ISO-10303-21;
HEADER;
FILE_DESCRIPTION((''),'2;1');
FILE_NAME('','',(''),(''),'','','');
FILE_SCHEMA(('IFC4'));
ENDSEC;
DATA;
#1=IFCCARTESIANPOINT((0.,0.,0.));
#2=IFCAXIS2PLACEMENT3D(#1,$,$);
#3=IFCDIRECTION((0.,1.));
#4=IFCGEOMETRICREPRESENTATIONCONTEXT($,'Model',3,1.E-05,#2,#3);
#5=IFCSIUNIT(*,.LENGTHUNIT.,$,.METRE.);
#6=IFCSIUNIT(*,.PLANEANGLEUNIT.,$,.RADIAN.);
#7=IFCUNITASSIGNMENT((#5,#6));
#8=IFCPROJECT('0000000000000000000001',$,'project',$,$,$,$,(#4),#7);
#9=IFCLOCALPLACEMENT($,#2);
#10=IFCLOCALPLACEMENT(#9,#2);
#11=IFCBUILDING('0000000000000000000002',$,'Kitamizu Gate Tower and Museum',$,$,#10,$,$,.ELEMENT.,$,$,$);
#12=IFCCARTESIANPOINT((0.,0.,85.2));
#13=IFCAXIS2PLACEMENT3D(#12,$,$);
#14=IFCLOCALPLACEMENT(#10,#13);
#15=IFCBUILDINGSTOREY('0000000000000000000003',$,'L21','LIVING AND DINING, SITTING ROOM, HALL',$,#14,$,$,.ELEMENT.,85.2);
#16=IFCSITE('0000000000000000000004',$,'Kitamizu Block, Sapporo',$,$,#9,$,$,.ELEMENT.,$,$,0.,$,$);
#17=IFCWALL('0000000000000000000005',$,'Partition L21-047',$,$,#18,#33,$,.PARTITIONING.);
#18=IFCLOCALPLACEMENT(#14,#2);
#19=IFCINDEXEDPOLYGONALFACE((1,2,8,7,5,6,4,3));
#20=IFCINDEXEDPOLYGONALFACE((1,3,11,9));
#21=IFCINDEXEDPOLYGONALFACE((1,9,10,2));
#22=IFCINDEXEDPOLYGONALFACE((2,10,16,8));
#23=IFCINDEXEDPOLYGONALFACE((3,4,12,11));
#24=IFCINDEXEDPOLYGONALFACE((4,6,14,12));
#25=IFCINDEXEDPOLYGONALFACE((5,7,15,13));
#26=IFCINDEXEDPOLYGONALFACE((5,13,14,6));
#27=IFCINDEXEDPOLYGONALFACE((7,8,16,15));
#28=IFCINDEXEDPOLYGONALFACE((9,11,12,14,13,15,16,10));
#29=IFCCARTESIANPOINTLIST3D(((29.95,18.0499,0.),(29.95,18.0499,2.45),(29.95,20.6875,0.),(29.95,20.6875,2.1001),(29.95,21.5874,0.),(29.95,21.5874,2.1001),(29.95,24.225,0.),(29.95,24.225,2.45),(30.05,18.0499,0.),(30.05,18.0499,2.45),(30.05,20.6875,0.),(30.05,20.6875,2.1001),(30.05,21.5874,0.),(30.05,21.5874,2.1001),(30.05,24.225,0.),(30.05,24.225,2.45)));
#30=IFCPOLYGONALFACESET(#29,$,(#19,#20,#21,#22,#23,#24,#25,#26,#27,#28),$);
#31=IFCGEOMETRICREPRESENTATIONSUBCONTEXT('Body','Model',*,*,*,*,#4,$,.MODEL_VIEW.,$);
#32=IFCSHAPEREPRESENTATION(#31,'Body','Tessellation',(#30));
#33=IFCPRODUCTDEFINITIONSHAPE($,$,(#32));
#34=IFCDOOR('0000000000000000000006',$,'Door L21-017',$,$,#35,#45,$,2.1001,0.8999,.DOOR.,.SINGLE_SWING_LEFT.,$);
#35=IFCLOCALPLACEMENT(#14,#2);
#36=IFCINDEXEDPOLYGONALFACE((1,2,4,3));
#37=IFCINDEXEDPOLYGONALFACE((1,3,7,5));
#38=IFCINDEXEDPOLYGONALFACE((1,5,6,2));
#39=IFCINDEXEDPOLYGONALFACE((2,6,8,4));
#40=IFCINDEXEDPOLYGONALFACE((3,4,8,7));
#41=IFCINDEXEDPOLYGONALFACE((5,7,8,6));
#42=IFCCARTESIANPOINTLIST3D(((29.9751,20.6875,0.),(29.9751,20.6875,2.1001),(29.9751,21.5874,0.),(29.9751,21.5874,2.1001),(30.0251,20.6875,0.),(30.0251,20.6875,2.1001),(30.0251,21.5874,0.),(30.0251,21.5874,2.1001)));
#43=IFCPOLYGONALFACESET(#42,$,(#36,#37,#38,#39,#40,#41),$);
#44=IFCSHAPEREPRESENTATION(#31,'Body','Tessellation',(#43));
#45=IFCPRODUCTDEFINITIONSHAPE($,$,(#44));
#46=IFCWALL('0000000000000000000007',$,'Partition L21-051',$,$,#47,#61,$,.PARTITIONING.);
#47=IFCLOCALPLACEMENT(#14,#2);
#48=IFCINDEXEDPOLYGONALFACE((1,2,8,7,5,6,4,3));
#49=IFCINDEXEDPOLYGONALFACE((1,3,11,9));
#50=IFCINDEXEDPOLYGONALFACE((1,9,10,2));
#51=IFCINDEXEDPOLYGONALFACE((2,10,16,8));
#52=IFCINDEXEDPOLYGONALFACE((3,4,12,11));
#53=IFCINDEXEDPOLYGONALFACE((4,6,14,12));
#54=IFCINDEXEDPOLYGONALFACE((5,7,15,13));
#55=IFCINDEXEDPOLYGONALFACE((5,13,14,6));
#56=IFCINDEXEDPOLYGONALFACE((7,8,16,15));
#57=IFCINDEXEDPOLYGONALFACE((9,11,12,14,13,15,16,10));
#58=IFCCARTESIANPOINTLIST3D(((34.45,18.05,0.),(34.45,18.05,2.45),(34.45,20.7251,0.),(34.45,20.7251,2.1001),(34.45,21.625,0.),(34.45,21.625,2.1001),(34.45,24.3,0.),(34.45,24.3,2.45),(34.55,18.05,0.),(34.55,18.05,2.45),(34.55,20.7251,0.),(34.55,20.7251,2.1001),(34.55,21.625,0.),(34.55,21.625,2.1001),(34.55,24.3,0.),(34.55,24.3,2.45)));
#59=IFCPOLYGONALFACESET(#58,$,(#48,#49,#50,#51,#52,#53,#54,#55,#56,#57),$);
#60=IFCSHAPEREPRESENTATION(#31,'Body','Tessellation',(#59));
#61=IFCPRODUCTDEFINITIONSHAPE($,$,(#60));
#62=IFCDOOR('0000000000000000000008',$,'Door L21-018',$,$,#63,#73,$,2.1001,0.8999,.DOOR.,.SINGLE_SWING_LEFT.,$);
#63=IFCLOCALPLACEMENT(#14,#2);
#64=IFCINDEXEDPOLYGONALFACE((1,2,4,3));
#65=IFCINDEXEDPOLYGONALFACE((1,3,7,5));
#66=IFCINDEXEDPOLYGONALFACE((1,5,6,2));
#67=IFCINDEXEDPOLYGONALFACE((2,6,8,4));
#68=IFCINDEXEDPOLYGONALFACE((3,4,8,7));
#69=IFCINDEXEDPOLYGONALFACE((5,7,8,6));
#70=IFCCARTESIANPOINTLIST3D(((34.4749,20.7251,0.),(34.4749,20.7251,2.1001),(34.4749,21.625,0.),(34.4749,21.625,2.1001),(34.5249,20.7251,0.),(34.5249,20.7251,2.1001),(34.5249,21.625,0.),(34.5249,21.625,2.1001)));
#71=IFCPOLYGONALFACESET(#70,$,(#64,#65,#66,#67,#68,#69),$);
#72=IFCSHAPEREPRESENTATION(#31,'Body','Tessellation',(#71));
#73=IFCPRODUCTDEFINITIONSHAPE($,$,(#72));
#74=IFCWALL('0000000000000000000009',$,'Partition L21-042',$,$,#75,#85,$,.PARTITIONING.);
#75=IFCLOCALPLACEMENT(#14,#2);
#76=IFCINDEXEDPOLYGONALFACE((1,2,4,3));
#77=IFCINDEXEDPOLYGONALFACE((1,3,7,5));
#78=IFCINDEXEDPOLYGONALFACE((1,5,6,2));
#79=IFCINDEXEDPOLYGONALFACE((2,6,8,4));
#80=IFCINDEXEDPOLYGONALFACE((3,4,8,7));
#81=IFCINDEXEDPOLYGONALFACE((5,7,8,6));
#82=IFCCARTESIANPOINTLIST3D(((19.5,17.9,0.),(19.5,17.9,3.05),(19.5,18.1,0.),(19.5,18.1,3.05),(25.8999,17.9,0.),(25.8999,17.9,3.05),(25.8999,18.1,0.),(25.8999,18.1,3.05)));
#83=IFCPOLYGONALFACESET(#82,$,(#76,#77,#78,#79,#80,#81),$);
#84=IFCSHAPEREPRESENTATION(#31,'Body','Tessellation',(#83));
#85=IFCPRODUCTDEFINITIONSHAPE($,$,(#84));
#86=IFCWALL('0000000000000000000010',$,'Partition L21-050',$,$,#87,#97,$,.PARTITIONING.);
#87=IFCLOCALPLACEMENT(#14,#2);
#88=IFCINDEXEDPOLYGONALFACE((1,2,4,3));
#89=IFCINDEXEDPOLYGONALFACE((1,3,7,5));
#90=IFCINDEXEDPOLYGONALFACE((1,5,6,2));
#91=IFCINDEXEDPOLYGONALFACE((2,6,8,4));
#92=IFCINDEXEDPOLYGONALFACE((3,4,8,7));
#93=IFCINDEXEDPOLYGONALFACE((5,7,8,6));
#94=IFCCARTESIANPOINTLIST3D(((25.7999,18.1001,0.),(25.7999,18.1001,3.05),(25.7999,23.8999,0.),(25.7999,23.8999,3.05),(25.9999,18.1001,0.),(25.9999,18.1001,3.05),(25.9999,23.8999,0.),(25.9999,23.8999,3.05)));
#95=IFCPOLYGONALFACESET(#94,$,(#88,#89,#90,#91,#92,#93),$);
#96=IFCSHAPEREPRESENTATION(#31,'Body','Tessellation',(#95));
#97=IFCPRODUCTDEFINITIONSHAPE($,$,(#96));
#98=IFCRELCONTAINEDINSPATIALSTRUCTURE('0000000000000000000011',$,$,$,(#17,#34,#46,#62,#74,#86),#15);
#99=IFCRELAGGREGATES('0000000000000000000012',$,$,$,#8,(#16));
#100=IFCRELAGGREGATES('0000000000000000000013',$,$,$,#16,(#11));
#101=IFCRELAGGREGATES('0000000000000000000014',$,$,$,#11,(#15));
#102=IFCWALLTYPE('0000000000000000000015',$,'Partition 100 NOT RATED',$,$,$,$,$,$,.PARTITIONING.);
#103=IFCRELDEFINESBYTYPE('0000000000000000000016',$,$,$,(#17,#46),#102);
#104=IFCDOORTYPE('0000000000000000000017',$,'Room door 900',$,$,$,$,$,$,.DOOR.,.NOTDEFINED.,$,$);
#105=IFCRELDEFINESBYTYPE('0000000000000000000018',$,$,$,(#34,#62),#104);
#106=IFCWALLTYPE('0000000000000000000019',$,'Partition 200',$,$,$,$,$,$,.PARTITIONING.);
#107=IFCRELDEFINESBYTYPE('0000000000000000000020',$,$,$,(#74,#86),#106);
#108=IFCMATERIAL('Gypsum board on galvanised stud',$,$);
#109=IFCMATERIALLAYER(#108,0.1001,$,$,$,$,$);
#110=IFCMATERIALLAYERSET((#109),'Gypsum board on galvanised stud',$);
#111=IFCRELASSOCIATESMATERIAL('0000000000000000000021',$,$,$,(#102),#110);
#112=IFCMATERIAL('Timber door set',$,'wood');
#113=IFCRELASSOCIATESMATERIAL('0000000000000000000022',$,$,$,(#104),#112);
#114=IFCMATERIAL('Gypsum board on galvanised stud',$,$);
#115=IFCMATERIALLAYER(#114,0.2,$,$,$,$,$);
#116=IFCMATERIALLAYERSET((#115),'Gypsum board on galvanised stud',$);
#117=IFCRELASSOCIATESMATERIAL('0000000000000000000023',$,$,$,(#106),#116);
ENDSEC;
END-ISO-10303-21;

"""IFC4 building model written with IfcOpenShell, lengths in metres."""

from ifc_helpers import new_model, si_unit, direction, frame, frame_2d, origin, place, context, subcontext, project, spatial, rectangle, extrude, material, layer, layer_set, type_object, element, fill, save


model = new_model("IFC4")

# Units and contexts
model_context = context("Model", 3, precision=1e-05, world=origin(), true_north=direction((0.0, 1.0)))
body_context = subcontext(model_context, "Body", "Model", "MODEL_VIEW")
ifc_project = project(units=[si_unit("LENGTHUNIT", "METRE"), si_unit("PLANEANGLEUNIT", "RADIAN")], contexts=[model_context])

# Site, building, storey
site_placement = place(None, origin())
site = spatial("IfcSite", under=ifc_project, at=site_placement, Name="Kitamizu Block, Sapporo", CompositionType="ELEMENT", RefElevation=0.0)
building_placement = place(site_placement, origin())
building = spatial("IfcBuilding", under=site, at=building_placement, Name="Kitamizu Gate Tower and Museum", CompositionType="ELEMENT")
storey_placement = place(building_placement, frame((0.0, 0.0, 85.2)))
storey = spatial("IfcBuildingStorey", under=building, at=storey_placement, Name="L21", Description="LIVING AND DINING, SITTING ROOM, HALL", CompositionType="ELEMENT", Elevation=85.2)

# Shared definitions
ifc_material_1 = material(Name="Gypsum board on galvanised stud")
ifc_layer_1 = layer(ifc_material_1, 0.1001)
ifc_layer_set_1 = layer_set([ifc_layer_1], Name="Gypsum board on galvanised stud")
wall_type_1 = type_object("IfcWallType", Name="Partition 100 NOT RATED", PredefinedType="PARTITIONING", material=ifc_layer_set_1)

# Shared definitions
ifc_material_2 = material(Name="Timber door set", Category="wood")
door_type = type_object("IfcDoorType", Name="Room door 900", OperationType="NOTDEFINED", PredefinedType="DOOR", material=ifc_material_2)

# Walls, openings, doors
wall_1_placement = place(storey_placement, frame((30.0, 18.05, 0.0), z_axis=(0.0, 0.0, 1.0), x_axis=(0.0, 1.0, 0.0)))
wall_1 = element("IfcWall", 1, at=wall_1_placement, inside=storey, type_object=wall_type_1, Name="Partition L21-047", PredefinedType="PARTITIONING", context=body_context, shape_type="SweptSolid", body=[
    extrude(rectangle(XDim=6.175, YDim=0.1001, at=frame_2d((3.0874, 0.0))), origin(), (0.0, 0.0, 1.0), 2.45),
])
opening_1_placement = place(wall_1_placement, frame((2.6375, 0.0, 0.0)))
opening_1 = element("IfcOpeningElement", 2, at=opening_1_placement, cuts=wall_1, PredefinedType="OPENING", context=body_context, shape_type="SweptSolid", body=[
    extrude(rectangle(XDim=0.8999, YDim=2.1001, at=frame_2d((0.45, 1.05))), frame((0.0, 0.0601, 0.0), z_axis=(0.0, -1.0, 0.0), x_axis=(1.0, 0.0, 0.0)), (0.0, 0.0, 1.0), 0.1201),
])
door_1_placement = place(opening_1_placement, origin())
door_1 = element("IfcDoor", 3, at=door_1_placement, inside=storey, type_object=door_type, Name="Door L21-017", OperationType="SINGLE_SWING_LEFT", OverallHeight=2.1001, OverallWidth=0.8999, PredefinedType="DOOR", context=body_context, shape_type="SweptSolid", body=[
    extrude(rectangle(XDim=0.8999, YDim=2.1001, at=frame_2d((0.45, 1.05))), frame((0.0, 0.0249, 0.0), z_axis=(0.0, -1.0, 0.0), x_axis=(1.0, 0.0, 0.0)), (0.0, 0.0, 1.0), 0.05),
])
fill(opening_1, door_1)
wall_2_placement = place(storey_placement, frame((34.5, 18.05, 0.0), z_axis=(0.0, 0.0, 1.0), x_axis=(0.0, 1.0, 0.0)))
wall_2 = element("IfcWall", 4, at=wall_2_placement, inside=storey, type_object=wall_type_1, Name="Partition L21-051", PredefinedType="PARTITIONING", context=body_context, shape_type="SweptSolid", body=[
    extrude(rectangle(XDim=6.25, YDim=0.1001, at=frame_2d((3.125, 0.0))), origin(), (0.0, 0.0, 1.0), 2.45),
])
opening_2_placement = place(wall_2_placement, frame((2.675, 0.0, 0.0)))
opening_2 = element("IfcOpeningElement", 5, at=opening_2_placement, cuts=wall_2, PredefinedType="OPENING", context=body_context, shape_type="SweptSolid", body=[
    extrude(rectangle(XDim=0.8999, YDim=2.1001, at=frame_2d((0.45, 1.05))), frame((0.0, 0.0601, 0.0), z_axis=(0.0, -1.0, 0.0), x_axis=(1.0, 0.0, 0.0)), (0.0, 0.0, 1.0), 0.1201),
])
door_2_placement = place(opening_2_placement, frame((0.8999, 0.0, 0.0), x_axis=(-1.0, 0.0, 0.0)))
door_2 = element("IfcDoor", 6, at=door_2_placement, inside=storey, type_object=door_type, Name="Door L21-018", OperationType="SINGLE_SWING_LEFT", OverallHeight=2.1001, OverallWidth=0.8999, PredefinedType="DOOR", context=body_context, shape_type="SweptSolid", body=[
    extrude(rectangle(XDim=0.8999, YDim=2.1001, at=frame_2d((0.45, 1.05))), frame((0.0, 0.0249, 0.0), z_axis=(0.0, -1.0, 0.0), x_axis=(1.0, 0.0, 0.0)), (0.0, 0.0, 1.0), 0.05),
])
fill(opening_2, door_2)

# Walls
ifc_material_3 = material(Name="Gypsum board on galvanised stud")
ifc_layer_2 = layer(ifc_material_3, 0.2)
ifc_layer_set_2 = layer_set([ifc_layer_2], Name="Gypsum board on galvanised stud")
wall_type_2 = type_object("IfcWallType", Name="Partition 200", PredefinedType="PARTITIONING", material=ifc_layer_set_2)
wall_3_placement = place(storey_placement, frame((25.8999, 18.0, 0.0), z_axis=(0.0, 0.0, 1.0), x_axis=(-1.0, 0.0, 0.0)))
element("IfcWall", 7, at=wall_3_placement, inside=storey, type_object=wall_type_2, Name="Partition L21-042", PredefinedType="PARTITIONING", context=body_context, shape_type="SweptSolid", body=[
    extrude(rectangle(XDim=6.3999, YDim=0.2, at=frame_2d((3.2, 0.0))), origin(), (0.0, 0.0, 1.0), 3.05),
])
wall_4_placement = place(storey_placement, frame((25.8999, 23.8999, 0.0), z_axis=(0.0, 0.0, 1.0), x_axis=(0.0, -1.0, 0.0)))
element("IfcWall", 8, at=wall_4_placement, inside=storey, type_object=wall_type_2, Name="Partition L21-050", PredefinedType="PARTITIONING", context=body_context, shape_type="SweptSolid", body=[
    extrude(rectangle(XDim=5.7998, YDim=0.2, at=frame_2d((2.8999, 0.0))), origin(), (0.0, 0.0, 1.0), 3.05),
])

save(model, "model.ifc")
